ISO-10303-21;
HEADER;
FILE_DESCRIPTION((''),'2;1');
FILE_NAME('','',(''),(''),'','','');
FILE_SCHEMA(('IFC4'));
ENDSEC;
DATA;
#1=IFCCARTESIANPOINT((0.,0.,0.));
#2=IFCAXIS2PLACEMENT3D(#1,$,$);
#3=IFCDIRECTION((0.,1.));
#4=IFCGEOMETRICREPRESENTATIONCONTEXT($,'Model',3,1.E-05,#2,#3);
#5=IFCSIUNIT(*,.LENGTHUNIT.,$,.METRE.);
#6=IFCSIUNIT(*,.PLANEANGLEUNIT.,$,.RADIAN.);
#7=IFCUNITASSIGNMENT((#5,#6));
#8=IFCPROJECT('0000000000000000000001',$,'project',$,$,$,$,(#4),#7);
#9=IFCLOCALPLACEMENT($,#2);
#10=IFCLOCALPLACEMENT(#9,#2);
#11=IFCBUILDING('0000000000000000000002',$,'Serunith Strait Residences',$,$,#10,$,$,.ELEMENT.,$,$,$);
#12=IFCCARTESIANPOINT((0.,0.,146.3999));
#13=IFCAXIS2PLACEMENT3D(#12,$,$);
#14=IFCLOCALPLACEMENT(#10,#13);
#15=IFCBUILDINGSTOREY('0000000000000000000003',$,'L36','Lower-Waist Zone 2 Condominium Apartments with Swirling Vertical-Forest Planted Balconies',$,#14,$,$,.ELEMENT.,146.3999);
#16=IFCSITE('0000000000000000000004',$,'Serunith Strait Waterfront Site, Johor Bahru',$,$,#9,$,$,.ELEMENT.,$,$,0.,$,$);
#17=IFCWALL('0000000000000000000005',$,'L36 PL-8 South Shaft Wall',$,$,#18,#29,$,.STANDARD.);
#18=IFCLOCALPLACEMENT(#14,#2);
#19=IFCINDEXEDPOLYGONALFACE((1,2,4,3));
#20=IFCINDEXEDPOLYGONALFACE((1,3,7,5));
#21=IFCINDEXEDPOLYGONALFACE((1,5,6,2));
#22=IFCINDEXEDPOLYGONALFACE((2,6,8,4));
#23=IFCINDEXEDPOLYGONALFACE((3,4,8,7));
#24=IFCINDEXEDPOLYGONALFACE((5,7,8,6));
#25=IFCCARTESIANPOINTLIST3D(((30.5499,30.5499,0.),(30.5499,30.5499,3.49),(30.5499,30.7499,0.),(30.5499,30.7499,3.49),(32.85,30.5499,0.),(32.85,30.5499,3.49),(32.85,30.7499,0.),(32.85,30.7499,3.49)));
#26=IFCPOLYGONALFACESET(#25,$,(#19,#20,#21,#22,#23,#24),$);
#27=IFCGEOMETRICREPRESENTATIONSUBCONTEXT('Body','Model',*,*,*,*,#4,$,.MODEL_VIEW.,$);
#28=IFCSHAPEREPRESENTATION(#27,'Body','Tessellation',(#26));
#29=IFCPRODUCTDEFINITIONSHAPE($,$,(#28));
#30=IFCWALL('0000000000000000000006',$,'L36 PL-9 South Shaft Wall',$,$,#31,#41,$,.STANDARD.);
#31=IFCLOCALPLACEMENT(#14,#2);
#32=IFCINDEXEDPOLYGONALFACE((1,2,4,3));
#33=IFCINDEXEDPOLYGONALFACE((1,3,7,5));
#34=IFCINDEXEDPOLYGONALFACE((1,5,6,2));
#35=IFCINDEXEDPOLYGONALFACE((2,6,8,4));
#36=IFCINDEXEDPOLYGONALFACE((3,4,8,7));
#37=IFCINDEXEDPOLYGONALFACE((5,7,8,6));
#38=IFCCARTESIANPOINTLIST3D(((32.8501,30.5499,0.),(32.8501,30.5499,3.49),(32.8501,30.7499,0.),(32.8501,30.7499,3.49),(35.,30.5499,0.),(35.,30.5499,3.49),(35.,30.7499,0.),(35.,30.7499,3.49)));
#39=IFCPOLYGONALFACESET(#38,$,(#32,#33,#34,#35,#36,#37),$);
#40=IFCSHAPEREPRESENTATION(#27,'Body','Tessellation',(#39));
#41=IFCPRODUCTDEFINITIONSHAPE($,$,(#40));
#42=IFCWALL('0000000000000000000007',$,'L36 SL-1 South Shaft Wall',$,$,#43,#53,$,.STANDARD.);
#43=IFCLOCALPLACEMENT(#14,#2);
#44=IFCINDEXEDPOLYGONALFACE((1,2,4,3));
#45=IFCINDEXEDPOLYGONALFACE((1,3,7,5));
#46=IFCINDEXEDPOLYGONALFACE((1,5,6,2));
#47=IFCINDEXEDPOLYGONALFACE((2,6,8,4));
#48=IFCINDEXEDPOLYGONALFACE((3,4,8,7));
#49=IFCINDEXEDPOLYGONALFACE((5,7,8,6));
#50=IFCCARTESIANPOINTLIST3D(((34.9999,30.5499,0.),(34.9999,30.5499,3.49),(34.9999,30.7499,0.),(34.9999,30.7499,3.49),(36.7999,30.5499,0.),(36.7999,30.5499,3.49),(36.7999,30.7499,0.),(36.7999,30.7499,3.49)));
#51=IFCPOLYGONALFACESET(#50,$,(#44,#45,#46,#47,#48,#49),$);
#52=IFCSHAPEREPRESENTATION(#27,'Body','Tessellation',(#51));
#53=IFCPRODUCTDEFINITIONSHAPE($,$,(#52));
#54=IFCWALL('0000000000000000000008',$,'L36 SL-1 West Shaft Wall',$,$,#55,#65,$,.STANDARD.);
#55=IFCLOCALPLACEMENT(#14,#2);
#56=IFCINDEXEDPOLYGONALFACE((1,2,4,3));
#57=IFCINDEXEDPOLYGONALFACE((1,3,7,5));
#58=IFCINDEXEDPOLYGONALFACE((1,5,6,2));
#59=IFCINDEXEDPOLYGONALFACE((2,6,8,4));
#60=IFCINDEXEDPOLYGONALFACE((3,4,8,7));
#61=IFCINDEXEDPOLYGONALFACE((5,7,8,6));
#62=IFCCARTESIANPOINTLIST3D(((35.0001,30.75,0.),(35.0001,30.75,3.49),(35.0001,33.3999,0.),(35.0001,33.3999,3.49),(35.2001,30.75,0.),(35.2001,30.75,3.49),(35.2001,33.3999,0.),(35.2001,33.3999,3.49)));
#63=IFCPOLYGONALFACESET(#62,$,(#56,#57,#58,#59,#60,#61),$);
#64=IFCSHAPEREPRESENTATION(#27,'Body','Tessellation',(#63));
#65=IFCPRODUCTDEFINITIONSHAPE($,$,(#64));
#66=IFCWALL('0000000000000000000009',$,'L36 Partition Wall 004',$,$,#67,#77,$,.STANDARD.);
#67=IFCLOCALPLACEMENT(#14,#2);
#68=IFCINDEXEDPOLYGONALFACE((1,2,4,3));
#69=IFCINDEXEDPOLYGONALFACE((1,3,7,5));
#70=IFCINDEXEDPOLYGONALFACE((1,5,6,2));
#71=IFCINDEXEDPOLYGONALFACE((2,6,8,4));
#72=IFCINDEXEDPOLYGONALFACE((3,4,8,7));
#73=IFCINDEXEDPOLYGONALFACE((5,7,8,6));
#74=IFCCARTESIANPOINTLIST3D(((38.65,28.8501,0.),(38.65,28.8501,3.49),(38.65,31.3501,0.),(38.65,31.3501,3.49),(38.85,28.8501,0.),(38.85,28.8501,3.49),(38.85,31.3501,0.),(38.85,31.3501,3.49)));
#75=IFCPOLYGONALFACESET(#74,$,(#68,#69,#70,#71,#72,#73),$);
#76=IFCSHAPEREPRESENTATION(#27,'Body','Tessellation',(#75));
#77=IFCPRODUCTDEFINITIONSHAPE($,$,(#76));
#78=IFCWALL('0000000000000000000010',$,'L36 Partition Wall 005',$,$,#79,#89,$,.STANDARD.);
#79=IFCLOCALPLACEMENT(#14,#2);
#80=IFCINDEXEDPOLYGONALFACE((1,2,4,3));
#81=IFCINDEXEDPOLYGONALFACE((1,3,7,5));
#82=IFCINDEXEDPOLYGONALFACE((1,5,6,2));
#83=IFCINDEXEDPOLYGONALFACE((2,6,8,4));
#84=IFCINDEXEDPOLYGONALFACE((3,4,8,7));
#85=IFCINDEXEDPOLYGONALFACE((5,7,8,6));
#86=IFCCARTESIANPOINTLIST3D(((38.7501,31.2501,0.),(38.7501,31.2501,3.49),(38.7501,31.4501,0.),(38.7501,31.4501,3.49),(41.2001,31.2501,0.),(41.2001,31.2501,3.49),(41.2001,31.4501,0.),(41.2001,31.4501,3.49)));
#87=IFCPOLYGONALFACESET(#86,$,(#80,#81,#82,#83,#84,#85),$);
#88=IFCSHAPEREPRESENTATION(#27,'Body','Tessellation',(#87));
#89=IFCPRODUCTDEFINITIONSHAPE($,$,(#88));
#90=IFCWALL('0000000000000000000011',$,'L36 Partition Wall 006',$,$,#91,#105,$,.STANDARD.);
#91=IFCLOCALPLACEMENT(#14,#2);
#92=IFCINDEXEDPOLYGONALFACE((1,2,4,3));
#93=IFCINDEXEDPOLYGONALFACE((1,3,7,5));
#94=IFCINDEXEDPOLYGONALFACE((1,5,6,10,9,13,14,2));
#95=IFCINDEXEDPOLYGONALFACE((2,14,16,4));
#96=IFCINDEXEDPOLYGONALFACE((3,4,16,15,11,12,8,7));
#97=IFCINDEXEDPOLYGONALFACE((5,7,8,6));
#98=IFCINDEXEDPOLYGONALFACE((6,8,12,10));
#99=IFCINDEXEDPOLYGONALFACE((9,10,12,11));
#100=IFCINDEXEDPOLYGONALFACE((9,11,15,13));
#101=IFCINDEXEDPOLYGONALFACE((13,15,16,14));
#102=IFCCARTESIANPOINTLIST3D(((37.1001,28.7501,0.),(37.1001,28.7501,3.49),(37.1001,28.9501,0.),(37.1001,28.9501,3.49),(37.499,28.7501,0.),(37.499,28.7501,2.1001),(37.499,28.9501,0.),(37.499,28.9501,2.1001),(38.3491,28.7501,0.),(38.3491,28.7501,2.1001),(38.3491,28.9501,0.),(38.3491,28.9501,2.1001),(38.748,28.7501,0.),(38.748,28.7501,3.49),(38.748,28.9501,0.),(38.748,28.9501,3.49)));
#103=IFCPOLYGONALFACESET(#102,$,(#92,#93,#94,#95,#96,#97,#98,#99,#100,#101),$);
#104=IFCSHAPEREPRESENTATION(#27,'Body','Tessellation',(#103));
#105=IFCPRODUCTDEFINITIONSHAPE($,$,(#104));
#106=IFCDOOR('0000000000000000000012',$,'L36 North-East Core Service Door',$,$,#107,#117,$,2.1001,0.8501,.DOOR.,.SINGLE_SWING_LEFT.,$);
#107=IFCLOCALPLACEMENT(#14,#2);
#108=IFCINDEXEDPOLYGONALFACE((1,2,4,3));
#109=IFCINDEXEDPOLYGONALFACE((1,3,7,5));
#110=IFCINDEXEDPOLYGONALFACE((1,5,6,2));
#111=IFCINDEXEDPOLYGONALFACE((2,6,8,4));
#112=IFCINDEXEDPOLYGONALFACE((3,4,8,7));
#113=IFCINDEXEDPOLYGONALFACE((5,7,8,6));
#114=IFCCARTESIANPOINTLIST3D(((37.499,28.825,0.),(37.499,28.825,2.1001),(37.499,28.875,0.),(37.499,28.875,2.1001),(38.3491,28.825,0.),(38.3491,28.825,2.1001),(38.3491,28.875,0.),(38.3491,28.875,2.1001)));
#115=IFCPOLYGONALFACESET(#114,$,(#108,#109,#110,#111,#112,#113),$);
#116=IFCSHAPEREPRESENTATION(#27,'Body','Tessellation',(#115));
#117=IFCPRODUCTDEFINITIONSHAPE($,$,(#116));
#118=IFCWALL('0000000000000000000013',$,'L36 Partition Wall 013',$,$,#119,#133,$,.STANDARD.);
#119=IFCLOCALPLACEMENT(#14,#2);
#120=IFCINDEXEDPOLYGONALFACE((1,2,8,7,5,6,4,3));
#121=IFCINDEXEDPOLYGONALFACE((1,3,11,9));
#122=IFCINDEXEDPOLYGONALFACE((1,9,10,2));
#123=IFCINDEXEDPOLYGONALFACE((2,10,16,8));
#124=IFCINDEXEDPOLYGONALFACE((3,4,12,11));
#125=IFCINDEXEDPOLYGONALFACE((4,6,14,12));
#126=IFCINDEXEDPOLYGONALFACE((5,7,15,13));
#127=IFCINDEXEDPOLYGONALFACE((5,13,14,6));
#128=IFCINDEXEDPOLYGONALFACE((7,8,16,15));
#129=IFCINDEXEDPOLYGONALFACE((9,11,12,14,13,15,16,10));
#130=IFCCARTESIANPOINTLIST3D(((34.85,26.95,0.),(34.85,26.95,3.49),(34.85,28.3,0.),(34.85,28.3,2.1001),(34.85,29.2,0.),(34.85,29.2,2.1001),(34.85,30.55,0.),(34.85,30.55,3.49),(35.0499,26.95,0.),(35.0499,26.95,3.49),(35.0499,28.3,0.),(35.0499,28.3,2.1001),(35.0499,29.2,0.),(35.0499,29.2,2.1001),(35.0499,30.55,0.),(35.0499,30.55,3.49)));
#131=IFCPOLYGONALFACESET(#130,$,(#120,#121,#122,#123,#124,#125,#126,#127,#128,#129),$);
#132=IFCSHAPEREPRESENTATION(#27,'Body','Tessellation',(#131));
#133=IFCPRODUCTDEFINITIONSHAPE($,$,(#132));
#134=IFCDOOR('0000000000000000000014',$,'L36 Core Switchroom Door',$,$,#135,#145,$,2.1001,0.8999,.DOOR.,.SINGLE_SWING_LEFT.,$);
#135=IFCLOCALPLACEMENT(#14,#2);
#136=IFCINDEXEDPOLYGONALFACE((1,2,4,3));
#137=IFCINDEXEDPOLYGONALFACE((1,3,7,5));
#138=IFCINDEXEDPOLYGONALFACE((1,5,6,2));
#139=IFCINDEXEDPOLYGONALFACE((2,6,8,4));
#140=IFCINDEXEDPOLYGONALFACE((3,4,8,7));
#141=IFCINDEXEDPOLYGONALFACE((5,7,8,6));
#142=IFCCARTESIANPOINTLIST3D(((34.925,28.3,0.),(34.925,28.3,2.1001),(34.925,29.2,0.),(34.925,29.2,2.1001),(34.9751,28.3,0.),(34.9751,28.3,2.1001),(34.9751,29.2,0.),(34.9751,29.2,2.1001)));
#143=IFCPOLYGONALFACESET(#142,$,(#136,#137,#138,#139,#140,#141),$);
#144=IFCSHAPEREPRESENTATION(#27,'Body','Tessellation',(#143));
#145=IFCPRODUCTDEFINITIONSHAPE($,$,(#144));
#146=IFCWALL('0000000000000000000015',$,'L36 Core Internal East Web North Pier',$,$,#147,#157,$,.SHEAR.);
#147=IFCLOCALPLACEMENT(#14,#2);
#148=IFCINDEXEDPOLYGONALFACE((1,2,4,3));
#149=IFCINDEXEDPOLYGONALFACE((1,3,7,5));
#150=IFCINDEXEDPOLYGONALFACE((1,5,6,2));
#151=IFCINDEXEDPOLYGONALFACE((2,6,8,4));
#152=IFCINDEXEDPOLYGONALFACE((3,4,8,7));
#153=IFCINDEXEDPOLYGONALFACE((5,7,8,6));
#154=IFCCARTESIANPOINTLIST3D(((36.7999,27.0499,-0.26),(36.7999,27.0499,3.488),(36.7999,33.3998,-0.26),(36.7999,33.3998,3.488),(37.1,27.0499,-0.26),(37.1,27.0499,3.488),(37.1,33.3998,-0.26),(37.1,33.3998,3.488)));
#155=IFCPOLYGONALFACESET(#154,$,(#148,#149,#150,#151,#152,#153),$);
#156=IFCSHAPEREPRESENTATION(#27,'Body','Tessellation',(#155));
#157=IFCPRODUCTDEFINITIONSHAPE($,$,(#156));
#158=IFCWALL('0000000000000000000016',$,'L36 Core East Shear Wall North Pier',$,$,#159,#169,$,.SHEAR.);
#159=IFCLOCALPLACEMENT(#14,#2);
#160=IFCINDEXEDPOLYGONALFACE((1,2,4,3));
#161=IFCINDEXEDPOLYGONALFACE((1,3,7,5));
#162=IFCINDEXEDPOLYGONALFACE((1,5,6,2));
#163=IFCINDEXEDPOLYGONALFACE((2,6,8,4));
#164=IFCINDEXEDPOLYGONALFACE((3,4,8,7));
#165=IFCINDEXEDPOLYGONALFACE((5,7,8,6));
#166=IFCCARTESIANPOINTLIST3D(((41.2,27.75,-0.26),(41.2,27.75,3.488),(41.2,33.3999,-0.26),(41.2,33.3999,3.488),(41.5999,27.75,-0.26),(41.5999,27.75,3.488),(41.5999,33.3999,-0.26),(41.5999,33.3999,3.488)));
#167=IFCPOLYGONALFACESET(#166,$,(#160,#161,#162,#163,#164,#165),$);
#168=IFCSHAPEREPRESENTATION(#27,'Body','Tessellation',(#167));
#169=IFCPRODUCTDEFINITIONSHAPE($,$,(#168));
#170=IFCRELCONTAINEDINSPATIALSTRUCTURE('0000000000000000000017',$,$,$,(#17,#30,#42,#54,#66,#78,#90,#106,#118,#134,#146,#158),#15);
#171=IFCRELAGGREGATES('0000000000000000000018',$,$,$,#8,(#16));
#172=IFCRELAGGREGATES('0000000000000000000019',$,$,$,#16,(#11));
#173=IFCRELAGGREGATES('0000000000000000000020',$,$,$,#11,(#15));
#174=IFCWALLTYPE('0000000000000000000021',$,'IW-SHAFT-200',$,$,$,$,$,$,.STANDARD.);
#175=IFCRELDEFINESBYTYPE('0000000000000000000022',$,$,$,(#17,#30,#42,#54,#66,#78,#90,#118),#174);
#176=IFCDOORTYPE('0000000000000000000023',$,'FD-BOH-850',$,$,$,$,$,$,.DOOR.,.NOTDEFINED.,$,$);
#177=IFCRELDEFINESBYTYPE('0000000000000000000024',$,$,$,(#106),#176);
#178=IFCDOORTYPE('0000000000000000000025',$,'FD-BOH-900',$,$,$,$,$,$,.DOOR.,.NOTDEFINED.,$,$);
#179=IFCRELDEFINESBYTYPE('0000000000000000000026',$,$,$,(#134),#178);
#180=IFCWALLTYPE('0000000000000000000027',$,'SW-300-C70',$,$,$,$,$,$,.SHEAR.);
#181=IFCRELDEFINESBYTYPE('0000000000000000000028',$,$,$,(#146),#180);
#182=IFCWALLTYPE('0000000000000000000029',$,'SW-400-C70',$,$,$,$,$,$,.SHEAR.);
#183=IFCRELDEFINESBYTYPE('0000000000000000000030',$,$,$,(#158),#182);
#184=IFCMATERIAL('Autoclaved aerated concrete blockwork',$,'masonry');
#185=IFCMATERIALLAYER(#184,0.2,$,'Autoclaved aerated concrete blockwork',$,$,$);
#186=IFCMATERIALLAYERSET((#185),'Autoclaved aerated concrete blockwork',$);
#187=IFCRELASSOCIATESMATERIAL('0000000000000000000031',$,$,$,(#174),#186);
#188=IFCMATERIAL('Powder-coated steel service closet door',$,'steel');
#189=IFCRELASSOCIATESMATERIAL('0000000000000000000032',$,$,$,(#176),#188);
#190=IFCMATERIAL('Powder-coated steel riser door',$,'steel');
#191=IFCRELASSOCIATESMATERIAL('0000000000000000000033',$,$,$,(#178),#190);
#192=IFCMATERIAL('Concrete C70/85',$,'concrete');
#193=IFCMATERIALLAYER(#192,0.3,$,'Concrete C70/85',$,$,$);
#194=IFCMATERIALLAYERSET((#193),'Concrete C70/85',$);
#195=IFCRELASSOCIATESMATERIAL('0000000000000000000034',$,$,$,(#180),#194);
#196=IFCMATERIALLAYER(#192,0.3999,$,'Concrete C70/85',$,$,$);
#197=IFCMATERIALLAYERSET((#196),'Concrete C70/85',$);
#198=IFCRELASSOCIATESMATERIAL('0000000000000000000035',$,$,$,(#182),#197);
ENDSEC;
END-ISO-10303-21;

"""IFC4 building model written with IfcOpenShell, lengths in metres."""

from ifc_helpers import new_model, si_unit, direction, frame, frame_2d, origin, place, context, subcontext, project, spatial, rectangle, extrude, source, transform, mapped, material, layer, layer_set, type_object, element, fill, save


model = new_model("IFC4")

# Units and contexts
model_context = context("Model", 3, precision=1e-05, world=origin(), true_north=direction((0.0, 1.0)))
body_context = subcontext(model_context, "Body", "Model", "MODEL_VIEW")
ifc_project = project(units=[si_unit("LENGTHUNIT", "METRE"), si_unit("PLANEANGLEUNIT", "RADIAN")], contexts=[model_context])

# Site, building, storey
site_placement = place(None, origin())
site = spatial("IfcSite", under=ifc_project, at=site_placement, Name="Serunith Strait Waterfront Site, Johor Bahru", CompositionType="ELEMENT", RefElevation=0.0)
building_placement = place(site_placement, origin())
building = spatial("IfcBuilding", under=site, at=building_placement, Name="Serunith Strait Residences", CompositionType="ELEMENT")
storey_placement = place(building_placement, frame((0.0, 0.0, 146.3999)))
storey = spatial("IfcBuildingStorey", under=building, at=storey_placement, Name="L36", Description="Lower-Waist Zone 2 Condominium Apartments with Swirling Vertical-Forest Planted Balconies", CompositionType="ELEMENT", Elevation=146.3999)

# Shared definitions
ifc_material_1 = material(Name="Autoclaved aerated concrete blockwork", Category="masonry")
ifc_layer_1 = layer(ifc_material_1, 0.2, Name="Autoclaved aerated concrete blockwork")
ifc_layer_set_1 = layer_set([ifc_layer_1], Name="Autoclaved aerated concrete blockwork")
wall_type_1 = type_object("IfcWallType", Name="IW-SHAFT-200", PredefinedType="STANDARD", material=ifc_layer_set_1)

# Walls
wall_1_placement = place(storey_placement, frame((30.55, 30.6499, 0.0), z_axis=(0.0, 0.0, 1.0), x_axis=(1.0, 0.0, 0.0)))
element("IfcWall", 1, at=wall_1_placement, inside=storey, type_object=wall_type_1, Name="L36 PL-8 South Shaft Wall", PredefinedType="STANDARD", context=body_context, shape_type="SweptSolid", body=[
    extrude(rectangle(XDim=2.3, YDim=0.2, at=frame_2d((1.1499, 0.0))), origin(), (0.0, 0.0, 1.0), 3.49),
])
wall_2_placement = place(storey_placement, frame((32.8501, 30.6499, 0.0), z_axis=(0.0, 0.0, 1.0), x_axis=(1.0, 0.0, 0.0)))
element("IfcWall", 2, at=wall_2_placement, inside=storey, type_object=wall_type_1, Name="L36 PL-9 South Shaft Wall", PredefinedType="STANDARD", context=body_context, shape_type="SweptSolid", body=[
    extrude(rectangle(XDim=2.1499, YDim=0.2, at=frame_2d((1.075, 0.0))), origin(), (0.0, 0.0, 1.0), 3.49),
])
wall_3_placement = place(storey_placement, frame((35.0, 30.6499, 0.0), z_axis=(0.0, 0.0, 1.0), x_axis=(1.0, 0.0, 0.0)))
element("IfcWall", 3, at=wall_3_placement, inside=storey, type_object=wall_type_1, Name="L36 SL-1 South Shaft Wall", PredefinedType="STANDARD", context=body_context, shape_type="SweptSolid", body=[
    extrude(rectangle(XDim=1.8, YDim=0.2, at=frame_2d((0.8999, 0.0))), origin(), (0.0, 0.0, 1.0), 3.49),
])
wall_4_placement = place(storey_placement, frame((35.1001, 30.75, 0.0), z_axis=(0.0, 0.0, 1.0), x_axis=(0.0, 1.0, 0.0)))
element("IfcWall", 4, at=wall_4_placement, inside=storey, type_object=wall_type_1, Name="L36 SL-1 West Shaft Wall", PredefinedType="STANDARD", context=body_context, shape_type="SweptSolid", body=[
    extrude(rectangle(XDim=2.6499, YDim=0.2, at=frame_2d((1.325, 0.0))), origin(), (0.0, 0.0, 1.0), 3.49),
])
wall_5_placement = place(storey_placement, frame((38.75, 28.8501, 0.0), z_axis=(0.0, 0.0, 1.0), x_axis=(0.0, 1.0, 0.0)))
element("IfcWall", 5, at=wall_5_placement, inside=storey, type_object=wall_type_1, Name="L36 Partition Wall 004", PredefinedType="STANDARD", context=body_context, shape_type="SweptSolid", body=[
    extrude(rectangle(XDim=2.5, YDim=0.2, at=frame_2d((1.25, 0.0))), origin(), (0.0, 0.0, 1.0), 3.49),
])
wall_6_placement = place(storey_placement, frame((38.75, 31.3501, 0.0), z_axis=(0.0, 0.0, 1.0), x_axis=(1.0, 0.0, 0.0)))
element("IfcWall", 6, at=wall_6_placement, inside=storey, type_object=wall_type_1, Name="L36 Partition Wall 005", PredefinedType="STANDARD", context=body_context, shape_type="SweptSolid", body=[
    extrude(rectangle(XDim=2.45, YDim=0.2, at=frame_2d((1.2251, 0.0))), origin(), (0.0, 0.0, 1.0), 3.49),
])

# Walls, openings, doors
wall_7_placement = place(storey_placement, frame((37.1001, 28.8501, 0.0), z_axis=(0.0, 0.0, 1.0), x_axis=(1.0, 0.0, 0.0)))
wall_7 = element("IfcWall", 7, at=wall_7_placement, inside=storey, type_object=wall_type_1, Name="L36 Partition Wall 006", PredefinedType="STANDARD", context=body_context, shape_type="SweptSolid", body=[
    extrude(rectangle(XDim=1.6479, YDim=0.2, at=frame_2d((0.824, 0.0))), origin(), (0.0, 0.0, 1.0), 3.49),
])
opening_1_placement = place(wall_7_placement, frame((0.3989, 0.0, 0.0)))
opening_1 = element("IfcOpeningElement", 8, at=opening_1_placement, cuts=wall_7, PredefinedType="OPENING", context=body_context, shape_type="SweptSolid", body=[
    extrude(rectangle(XDim=0.8501, YDim=2.1001, at=frame_2d((0.425, 1.05))), frame((0.0, 0.1099, 0.0), z_axis=(0.0, -1.0, 0.0), x_axis=(1.0, 0.0, 0.0)), (0.0, 0.0, 1.0), 0.22),
])
ifc_material_2 = material(Name="Powder-coated steel service closet door", Category="steel")
door_type_1 = type_object("IfcDoorType", Name="FD-BOH-850", OperationType="NOTDEFINED", PredefinedType="DOOR", material=ifc_material_2)
shared_shape_1 = source(origin(), body_context, "Body", "SweptSolid", [
    extrude(rectangle(XDim=0.8501, YDim=2.1001, at=frame_2d((0.425, 1.05))), frame((0.0, 0.0249, 0.0), z_axis=(0.0, -1.0, 0.0), x_axis=(1.0, 0.0, 0.0)), (0.0, 0.0, 1.0), 0.05),
])
door_1_placement = place(opening_1_placement, origin())
door_1 = element("IfcDoor", 9, at=door_1_placement, inside=storey, type_object=door_type_1, Name="L36 North-East Core Service Door", OperationType="SINGLE_SWING_LEFT", OverallHeight=2.1001, OverallWidth=0.8501, PredefinedType="DOOR", context=body_context, shape_type="MappedRepresentation", body=[
    mapped(shared_shape_1, transform((0.0, 0.0, 0.0), scale=1.0)),
])
fill(opening_1, door_1)
wall_8_placement = place(storey_placement, frame((34.95, 26.95, 0.0), z_axis=(0.0, 0.0, 1.0), x_axis=(0.0, 1.0, 0.0)))
wall_8 = element("IfcWall", 10, at=wall_8_placement, inside=storey, type_object=wall_type_1, Name="L36 Partition Wall 013", PredefinedType="STANDARD", context=body_context, shape_type="SweptSolid", body=[
    extrude(rectangle(XDim=3.6001, YDim=0.2, at=frame_2d((1.8, 0.0))), origin(), (0.0, 0.0, 1.0), 3.49),
])
opening_2_placement = place(wall_8_placement, frame((1.3501, 0.0, 0.0)))
opening_2 = element("IfcOpeningElement", 11, at=opening_2_placement, cuts=wall_8, PredefinedType="OPENING", context=body_context, shape_type="SweptSolid", body=[
    extrude(rectangle(XDim=0.8999, YDim=2.1001, at=frame_2d((0.45, 1.05))), frame((0.0, 0.1099, 0.0), z_axis=(0.0, -1.0, 0.0), x_axis=(1.0, 0.0, 0.0)), (0.0, 0.0, 1.0), 0.22),
])
ifc_material_3 = material(Name="Powder-coated steel riser door", Category="steel")
door_type_2 = type_object("IfcDoorType", Name="FD-BOH-900", OperationType="NOTDEFINED", PredefinedType="DOOR", material=ifc_material_3)
shared_shape_2 = source(origin(), body_context, "Body", "SweptSolid", [
    extrude(rectangle(XDim=0.8999, YDim=2.1001, at=frame_2d((0.45, 1.05))), frame((0.0, 0.0249, 0.0), z_axis=(0.0, -1.0, 0.0), x_axis=(1.0, 0.0, 0.0)), (0.0, 0.0, 1.0), 0.05),
])
door_2_placement = place(opening_2_placement, origin())
door_2 = element("IfcDoor", 12, at=door_2_placement, inside=storey, type_object=door_type_2, Name="L36 Core Switchroom Door", OperationType="SINGLE_SWING_LEFT", OverallHeight=2.1001, OverallWidth=0.8999, PredefinedType="DOOR", context=body_context, shape_type="MappedRepresentation", body=[
    mapped(shared_shape_2, transform((0.0, 0.0, 0.0), scale=1.0)),
])
fill(opening_2, door_2)

# Walls
ifc_material_4 = material(Name="Concrete C70/85", Category="concrete")
ifc_layer_2 = layer(ifc_material_4, 0.3, Name="Concrete C70/85")
ifc_layer_set_2 = layer_set([ifc_layer_2], Name="Concrete C70/85")
wall_type_2 = type_object("IfcWallType", Name="SW-300-C70", PredefinedType="SHEAR", material=ifc_layer_set_2)
wall_9_placement = place(storey_placement, frame((36.95, 27.05, -0.26), z_axis=(0.0, 0.0, 1.0), x_axis=(0.0, 1.0, 0.0)))
element("IfcWall", 13, at=wall_9_placement, inside=storey, type_object=wall_type_2, Name="L36 Core Internal East Web North Pier", PredefinedType="SHEAR", context=body_context, shape_type="SweptSolid", body=[
    extrude(rectangle(XDim=6.3499, YDim=0.3, at=frame_2d((3.1748, 0.0))), origin(), (0.0, 0.0, 1.0), 3.748),
])
ifc_layer_3 = layer(ifc_material_4, 0.3999, Name="Concrete C70/85")
ifc_layer_set_3 = layer_set([ifc_layer_3], Name="Concrete C70/85")
wall_type_3 = type_object("IfcWallType", Name="SW-400-C70", PredefinedType="SHEAR", material=ifc_layer_set_3)
wall_10_placement = place(storey_placement, frame((41.3999, 27.75, -0.26), z_axis=(0.0, 0.0, 1.0), x_axis=(0.0, 1.0, 0.0)))
element("IfcWall", 14, at=wall_10_placement, inside=storey, type_object=wall_type_3, Name="L36 Core East Shear Wall North Pier", PredefinedType="SHEAR", context=body_context, shape_type="SweptSolid", body=[
    extrude(rectangle(XDim=5.6499, YDim=0.3999, at=frame_2d((2.825, 0.0))), origin(), (0.0, 0.0, 1.0), 3.748),
])

save(model, "model.ifc")
